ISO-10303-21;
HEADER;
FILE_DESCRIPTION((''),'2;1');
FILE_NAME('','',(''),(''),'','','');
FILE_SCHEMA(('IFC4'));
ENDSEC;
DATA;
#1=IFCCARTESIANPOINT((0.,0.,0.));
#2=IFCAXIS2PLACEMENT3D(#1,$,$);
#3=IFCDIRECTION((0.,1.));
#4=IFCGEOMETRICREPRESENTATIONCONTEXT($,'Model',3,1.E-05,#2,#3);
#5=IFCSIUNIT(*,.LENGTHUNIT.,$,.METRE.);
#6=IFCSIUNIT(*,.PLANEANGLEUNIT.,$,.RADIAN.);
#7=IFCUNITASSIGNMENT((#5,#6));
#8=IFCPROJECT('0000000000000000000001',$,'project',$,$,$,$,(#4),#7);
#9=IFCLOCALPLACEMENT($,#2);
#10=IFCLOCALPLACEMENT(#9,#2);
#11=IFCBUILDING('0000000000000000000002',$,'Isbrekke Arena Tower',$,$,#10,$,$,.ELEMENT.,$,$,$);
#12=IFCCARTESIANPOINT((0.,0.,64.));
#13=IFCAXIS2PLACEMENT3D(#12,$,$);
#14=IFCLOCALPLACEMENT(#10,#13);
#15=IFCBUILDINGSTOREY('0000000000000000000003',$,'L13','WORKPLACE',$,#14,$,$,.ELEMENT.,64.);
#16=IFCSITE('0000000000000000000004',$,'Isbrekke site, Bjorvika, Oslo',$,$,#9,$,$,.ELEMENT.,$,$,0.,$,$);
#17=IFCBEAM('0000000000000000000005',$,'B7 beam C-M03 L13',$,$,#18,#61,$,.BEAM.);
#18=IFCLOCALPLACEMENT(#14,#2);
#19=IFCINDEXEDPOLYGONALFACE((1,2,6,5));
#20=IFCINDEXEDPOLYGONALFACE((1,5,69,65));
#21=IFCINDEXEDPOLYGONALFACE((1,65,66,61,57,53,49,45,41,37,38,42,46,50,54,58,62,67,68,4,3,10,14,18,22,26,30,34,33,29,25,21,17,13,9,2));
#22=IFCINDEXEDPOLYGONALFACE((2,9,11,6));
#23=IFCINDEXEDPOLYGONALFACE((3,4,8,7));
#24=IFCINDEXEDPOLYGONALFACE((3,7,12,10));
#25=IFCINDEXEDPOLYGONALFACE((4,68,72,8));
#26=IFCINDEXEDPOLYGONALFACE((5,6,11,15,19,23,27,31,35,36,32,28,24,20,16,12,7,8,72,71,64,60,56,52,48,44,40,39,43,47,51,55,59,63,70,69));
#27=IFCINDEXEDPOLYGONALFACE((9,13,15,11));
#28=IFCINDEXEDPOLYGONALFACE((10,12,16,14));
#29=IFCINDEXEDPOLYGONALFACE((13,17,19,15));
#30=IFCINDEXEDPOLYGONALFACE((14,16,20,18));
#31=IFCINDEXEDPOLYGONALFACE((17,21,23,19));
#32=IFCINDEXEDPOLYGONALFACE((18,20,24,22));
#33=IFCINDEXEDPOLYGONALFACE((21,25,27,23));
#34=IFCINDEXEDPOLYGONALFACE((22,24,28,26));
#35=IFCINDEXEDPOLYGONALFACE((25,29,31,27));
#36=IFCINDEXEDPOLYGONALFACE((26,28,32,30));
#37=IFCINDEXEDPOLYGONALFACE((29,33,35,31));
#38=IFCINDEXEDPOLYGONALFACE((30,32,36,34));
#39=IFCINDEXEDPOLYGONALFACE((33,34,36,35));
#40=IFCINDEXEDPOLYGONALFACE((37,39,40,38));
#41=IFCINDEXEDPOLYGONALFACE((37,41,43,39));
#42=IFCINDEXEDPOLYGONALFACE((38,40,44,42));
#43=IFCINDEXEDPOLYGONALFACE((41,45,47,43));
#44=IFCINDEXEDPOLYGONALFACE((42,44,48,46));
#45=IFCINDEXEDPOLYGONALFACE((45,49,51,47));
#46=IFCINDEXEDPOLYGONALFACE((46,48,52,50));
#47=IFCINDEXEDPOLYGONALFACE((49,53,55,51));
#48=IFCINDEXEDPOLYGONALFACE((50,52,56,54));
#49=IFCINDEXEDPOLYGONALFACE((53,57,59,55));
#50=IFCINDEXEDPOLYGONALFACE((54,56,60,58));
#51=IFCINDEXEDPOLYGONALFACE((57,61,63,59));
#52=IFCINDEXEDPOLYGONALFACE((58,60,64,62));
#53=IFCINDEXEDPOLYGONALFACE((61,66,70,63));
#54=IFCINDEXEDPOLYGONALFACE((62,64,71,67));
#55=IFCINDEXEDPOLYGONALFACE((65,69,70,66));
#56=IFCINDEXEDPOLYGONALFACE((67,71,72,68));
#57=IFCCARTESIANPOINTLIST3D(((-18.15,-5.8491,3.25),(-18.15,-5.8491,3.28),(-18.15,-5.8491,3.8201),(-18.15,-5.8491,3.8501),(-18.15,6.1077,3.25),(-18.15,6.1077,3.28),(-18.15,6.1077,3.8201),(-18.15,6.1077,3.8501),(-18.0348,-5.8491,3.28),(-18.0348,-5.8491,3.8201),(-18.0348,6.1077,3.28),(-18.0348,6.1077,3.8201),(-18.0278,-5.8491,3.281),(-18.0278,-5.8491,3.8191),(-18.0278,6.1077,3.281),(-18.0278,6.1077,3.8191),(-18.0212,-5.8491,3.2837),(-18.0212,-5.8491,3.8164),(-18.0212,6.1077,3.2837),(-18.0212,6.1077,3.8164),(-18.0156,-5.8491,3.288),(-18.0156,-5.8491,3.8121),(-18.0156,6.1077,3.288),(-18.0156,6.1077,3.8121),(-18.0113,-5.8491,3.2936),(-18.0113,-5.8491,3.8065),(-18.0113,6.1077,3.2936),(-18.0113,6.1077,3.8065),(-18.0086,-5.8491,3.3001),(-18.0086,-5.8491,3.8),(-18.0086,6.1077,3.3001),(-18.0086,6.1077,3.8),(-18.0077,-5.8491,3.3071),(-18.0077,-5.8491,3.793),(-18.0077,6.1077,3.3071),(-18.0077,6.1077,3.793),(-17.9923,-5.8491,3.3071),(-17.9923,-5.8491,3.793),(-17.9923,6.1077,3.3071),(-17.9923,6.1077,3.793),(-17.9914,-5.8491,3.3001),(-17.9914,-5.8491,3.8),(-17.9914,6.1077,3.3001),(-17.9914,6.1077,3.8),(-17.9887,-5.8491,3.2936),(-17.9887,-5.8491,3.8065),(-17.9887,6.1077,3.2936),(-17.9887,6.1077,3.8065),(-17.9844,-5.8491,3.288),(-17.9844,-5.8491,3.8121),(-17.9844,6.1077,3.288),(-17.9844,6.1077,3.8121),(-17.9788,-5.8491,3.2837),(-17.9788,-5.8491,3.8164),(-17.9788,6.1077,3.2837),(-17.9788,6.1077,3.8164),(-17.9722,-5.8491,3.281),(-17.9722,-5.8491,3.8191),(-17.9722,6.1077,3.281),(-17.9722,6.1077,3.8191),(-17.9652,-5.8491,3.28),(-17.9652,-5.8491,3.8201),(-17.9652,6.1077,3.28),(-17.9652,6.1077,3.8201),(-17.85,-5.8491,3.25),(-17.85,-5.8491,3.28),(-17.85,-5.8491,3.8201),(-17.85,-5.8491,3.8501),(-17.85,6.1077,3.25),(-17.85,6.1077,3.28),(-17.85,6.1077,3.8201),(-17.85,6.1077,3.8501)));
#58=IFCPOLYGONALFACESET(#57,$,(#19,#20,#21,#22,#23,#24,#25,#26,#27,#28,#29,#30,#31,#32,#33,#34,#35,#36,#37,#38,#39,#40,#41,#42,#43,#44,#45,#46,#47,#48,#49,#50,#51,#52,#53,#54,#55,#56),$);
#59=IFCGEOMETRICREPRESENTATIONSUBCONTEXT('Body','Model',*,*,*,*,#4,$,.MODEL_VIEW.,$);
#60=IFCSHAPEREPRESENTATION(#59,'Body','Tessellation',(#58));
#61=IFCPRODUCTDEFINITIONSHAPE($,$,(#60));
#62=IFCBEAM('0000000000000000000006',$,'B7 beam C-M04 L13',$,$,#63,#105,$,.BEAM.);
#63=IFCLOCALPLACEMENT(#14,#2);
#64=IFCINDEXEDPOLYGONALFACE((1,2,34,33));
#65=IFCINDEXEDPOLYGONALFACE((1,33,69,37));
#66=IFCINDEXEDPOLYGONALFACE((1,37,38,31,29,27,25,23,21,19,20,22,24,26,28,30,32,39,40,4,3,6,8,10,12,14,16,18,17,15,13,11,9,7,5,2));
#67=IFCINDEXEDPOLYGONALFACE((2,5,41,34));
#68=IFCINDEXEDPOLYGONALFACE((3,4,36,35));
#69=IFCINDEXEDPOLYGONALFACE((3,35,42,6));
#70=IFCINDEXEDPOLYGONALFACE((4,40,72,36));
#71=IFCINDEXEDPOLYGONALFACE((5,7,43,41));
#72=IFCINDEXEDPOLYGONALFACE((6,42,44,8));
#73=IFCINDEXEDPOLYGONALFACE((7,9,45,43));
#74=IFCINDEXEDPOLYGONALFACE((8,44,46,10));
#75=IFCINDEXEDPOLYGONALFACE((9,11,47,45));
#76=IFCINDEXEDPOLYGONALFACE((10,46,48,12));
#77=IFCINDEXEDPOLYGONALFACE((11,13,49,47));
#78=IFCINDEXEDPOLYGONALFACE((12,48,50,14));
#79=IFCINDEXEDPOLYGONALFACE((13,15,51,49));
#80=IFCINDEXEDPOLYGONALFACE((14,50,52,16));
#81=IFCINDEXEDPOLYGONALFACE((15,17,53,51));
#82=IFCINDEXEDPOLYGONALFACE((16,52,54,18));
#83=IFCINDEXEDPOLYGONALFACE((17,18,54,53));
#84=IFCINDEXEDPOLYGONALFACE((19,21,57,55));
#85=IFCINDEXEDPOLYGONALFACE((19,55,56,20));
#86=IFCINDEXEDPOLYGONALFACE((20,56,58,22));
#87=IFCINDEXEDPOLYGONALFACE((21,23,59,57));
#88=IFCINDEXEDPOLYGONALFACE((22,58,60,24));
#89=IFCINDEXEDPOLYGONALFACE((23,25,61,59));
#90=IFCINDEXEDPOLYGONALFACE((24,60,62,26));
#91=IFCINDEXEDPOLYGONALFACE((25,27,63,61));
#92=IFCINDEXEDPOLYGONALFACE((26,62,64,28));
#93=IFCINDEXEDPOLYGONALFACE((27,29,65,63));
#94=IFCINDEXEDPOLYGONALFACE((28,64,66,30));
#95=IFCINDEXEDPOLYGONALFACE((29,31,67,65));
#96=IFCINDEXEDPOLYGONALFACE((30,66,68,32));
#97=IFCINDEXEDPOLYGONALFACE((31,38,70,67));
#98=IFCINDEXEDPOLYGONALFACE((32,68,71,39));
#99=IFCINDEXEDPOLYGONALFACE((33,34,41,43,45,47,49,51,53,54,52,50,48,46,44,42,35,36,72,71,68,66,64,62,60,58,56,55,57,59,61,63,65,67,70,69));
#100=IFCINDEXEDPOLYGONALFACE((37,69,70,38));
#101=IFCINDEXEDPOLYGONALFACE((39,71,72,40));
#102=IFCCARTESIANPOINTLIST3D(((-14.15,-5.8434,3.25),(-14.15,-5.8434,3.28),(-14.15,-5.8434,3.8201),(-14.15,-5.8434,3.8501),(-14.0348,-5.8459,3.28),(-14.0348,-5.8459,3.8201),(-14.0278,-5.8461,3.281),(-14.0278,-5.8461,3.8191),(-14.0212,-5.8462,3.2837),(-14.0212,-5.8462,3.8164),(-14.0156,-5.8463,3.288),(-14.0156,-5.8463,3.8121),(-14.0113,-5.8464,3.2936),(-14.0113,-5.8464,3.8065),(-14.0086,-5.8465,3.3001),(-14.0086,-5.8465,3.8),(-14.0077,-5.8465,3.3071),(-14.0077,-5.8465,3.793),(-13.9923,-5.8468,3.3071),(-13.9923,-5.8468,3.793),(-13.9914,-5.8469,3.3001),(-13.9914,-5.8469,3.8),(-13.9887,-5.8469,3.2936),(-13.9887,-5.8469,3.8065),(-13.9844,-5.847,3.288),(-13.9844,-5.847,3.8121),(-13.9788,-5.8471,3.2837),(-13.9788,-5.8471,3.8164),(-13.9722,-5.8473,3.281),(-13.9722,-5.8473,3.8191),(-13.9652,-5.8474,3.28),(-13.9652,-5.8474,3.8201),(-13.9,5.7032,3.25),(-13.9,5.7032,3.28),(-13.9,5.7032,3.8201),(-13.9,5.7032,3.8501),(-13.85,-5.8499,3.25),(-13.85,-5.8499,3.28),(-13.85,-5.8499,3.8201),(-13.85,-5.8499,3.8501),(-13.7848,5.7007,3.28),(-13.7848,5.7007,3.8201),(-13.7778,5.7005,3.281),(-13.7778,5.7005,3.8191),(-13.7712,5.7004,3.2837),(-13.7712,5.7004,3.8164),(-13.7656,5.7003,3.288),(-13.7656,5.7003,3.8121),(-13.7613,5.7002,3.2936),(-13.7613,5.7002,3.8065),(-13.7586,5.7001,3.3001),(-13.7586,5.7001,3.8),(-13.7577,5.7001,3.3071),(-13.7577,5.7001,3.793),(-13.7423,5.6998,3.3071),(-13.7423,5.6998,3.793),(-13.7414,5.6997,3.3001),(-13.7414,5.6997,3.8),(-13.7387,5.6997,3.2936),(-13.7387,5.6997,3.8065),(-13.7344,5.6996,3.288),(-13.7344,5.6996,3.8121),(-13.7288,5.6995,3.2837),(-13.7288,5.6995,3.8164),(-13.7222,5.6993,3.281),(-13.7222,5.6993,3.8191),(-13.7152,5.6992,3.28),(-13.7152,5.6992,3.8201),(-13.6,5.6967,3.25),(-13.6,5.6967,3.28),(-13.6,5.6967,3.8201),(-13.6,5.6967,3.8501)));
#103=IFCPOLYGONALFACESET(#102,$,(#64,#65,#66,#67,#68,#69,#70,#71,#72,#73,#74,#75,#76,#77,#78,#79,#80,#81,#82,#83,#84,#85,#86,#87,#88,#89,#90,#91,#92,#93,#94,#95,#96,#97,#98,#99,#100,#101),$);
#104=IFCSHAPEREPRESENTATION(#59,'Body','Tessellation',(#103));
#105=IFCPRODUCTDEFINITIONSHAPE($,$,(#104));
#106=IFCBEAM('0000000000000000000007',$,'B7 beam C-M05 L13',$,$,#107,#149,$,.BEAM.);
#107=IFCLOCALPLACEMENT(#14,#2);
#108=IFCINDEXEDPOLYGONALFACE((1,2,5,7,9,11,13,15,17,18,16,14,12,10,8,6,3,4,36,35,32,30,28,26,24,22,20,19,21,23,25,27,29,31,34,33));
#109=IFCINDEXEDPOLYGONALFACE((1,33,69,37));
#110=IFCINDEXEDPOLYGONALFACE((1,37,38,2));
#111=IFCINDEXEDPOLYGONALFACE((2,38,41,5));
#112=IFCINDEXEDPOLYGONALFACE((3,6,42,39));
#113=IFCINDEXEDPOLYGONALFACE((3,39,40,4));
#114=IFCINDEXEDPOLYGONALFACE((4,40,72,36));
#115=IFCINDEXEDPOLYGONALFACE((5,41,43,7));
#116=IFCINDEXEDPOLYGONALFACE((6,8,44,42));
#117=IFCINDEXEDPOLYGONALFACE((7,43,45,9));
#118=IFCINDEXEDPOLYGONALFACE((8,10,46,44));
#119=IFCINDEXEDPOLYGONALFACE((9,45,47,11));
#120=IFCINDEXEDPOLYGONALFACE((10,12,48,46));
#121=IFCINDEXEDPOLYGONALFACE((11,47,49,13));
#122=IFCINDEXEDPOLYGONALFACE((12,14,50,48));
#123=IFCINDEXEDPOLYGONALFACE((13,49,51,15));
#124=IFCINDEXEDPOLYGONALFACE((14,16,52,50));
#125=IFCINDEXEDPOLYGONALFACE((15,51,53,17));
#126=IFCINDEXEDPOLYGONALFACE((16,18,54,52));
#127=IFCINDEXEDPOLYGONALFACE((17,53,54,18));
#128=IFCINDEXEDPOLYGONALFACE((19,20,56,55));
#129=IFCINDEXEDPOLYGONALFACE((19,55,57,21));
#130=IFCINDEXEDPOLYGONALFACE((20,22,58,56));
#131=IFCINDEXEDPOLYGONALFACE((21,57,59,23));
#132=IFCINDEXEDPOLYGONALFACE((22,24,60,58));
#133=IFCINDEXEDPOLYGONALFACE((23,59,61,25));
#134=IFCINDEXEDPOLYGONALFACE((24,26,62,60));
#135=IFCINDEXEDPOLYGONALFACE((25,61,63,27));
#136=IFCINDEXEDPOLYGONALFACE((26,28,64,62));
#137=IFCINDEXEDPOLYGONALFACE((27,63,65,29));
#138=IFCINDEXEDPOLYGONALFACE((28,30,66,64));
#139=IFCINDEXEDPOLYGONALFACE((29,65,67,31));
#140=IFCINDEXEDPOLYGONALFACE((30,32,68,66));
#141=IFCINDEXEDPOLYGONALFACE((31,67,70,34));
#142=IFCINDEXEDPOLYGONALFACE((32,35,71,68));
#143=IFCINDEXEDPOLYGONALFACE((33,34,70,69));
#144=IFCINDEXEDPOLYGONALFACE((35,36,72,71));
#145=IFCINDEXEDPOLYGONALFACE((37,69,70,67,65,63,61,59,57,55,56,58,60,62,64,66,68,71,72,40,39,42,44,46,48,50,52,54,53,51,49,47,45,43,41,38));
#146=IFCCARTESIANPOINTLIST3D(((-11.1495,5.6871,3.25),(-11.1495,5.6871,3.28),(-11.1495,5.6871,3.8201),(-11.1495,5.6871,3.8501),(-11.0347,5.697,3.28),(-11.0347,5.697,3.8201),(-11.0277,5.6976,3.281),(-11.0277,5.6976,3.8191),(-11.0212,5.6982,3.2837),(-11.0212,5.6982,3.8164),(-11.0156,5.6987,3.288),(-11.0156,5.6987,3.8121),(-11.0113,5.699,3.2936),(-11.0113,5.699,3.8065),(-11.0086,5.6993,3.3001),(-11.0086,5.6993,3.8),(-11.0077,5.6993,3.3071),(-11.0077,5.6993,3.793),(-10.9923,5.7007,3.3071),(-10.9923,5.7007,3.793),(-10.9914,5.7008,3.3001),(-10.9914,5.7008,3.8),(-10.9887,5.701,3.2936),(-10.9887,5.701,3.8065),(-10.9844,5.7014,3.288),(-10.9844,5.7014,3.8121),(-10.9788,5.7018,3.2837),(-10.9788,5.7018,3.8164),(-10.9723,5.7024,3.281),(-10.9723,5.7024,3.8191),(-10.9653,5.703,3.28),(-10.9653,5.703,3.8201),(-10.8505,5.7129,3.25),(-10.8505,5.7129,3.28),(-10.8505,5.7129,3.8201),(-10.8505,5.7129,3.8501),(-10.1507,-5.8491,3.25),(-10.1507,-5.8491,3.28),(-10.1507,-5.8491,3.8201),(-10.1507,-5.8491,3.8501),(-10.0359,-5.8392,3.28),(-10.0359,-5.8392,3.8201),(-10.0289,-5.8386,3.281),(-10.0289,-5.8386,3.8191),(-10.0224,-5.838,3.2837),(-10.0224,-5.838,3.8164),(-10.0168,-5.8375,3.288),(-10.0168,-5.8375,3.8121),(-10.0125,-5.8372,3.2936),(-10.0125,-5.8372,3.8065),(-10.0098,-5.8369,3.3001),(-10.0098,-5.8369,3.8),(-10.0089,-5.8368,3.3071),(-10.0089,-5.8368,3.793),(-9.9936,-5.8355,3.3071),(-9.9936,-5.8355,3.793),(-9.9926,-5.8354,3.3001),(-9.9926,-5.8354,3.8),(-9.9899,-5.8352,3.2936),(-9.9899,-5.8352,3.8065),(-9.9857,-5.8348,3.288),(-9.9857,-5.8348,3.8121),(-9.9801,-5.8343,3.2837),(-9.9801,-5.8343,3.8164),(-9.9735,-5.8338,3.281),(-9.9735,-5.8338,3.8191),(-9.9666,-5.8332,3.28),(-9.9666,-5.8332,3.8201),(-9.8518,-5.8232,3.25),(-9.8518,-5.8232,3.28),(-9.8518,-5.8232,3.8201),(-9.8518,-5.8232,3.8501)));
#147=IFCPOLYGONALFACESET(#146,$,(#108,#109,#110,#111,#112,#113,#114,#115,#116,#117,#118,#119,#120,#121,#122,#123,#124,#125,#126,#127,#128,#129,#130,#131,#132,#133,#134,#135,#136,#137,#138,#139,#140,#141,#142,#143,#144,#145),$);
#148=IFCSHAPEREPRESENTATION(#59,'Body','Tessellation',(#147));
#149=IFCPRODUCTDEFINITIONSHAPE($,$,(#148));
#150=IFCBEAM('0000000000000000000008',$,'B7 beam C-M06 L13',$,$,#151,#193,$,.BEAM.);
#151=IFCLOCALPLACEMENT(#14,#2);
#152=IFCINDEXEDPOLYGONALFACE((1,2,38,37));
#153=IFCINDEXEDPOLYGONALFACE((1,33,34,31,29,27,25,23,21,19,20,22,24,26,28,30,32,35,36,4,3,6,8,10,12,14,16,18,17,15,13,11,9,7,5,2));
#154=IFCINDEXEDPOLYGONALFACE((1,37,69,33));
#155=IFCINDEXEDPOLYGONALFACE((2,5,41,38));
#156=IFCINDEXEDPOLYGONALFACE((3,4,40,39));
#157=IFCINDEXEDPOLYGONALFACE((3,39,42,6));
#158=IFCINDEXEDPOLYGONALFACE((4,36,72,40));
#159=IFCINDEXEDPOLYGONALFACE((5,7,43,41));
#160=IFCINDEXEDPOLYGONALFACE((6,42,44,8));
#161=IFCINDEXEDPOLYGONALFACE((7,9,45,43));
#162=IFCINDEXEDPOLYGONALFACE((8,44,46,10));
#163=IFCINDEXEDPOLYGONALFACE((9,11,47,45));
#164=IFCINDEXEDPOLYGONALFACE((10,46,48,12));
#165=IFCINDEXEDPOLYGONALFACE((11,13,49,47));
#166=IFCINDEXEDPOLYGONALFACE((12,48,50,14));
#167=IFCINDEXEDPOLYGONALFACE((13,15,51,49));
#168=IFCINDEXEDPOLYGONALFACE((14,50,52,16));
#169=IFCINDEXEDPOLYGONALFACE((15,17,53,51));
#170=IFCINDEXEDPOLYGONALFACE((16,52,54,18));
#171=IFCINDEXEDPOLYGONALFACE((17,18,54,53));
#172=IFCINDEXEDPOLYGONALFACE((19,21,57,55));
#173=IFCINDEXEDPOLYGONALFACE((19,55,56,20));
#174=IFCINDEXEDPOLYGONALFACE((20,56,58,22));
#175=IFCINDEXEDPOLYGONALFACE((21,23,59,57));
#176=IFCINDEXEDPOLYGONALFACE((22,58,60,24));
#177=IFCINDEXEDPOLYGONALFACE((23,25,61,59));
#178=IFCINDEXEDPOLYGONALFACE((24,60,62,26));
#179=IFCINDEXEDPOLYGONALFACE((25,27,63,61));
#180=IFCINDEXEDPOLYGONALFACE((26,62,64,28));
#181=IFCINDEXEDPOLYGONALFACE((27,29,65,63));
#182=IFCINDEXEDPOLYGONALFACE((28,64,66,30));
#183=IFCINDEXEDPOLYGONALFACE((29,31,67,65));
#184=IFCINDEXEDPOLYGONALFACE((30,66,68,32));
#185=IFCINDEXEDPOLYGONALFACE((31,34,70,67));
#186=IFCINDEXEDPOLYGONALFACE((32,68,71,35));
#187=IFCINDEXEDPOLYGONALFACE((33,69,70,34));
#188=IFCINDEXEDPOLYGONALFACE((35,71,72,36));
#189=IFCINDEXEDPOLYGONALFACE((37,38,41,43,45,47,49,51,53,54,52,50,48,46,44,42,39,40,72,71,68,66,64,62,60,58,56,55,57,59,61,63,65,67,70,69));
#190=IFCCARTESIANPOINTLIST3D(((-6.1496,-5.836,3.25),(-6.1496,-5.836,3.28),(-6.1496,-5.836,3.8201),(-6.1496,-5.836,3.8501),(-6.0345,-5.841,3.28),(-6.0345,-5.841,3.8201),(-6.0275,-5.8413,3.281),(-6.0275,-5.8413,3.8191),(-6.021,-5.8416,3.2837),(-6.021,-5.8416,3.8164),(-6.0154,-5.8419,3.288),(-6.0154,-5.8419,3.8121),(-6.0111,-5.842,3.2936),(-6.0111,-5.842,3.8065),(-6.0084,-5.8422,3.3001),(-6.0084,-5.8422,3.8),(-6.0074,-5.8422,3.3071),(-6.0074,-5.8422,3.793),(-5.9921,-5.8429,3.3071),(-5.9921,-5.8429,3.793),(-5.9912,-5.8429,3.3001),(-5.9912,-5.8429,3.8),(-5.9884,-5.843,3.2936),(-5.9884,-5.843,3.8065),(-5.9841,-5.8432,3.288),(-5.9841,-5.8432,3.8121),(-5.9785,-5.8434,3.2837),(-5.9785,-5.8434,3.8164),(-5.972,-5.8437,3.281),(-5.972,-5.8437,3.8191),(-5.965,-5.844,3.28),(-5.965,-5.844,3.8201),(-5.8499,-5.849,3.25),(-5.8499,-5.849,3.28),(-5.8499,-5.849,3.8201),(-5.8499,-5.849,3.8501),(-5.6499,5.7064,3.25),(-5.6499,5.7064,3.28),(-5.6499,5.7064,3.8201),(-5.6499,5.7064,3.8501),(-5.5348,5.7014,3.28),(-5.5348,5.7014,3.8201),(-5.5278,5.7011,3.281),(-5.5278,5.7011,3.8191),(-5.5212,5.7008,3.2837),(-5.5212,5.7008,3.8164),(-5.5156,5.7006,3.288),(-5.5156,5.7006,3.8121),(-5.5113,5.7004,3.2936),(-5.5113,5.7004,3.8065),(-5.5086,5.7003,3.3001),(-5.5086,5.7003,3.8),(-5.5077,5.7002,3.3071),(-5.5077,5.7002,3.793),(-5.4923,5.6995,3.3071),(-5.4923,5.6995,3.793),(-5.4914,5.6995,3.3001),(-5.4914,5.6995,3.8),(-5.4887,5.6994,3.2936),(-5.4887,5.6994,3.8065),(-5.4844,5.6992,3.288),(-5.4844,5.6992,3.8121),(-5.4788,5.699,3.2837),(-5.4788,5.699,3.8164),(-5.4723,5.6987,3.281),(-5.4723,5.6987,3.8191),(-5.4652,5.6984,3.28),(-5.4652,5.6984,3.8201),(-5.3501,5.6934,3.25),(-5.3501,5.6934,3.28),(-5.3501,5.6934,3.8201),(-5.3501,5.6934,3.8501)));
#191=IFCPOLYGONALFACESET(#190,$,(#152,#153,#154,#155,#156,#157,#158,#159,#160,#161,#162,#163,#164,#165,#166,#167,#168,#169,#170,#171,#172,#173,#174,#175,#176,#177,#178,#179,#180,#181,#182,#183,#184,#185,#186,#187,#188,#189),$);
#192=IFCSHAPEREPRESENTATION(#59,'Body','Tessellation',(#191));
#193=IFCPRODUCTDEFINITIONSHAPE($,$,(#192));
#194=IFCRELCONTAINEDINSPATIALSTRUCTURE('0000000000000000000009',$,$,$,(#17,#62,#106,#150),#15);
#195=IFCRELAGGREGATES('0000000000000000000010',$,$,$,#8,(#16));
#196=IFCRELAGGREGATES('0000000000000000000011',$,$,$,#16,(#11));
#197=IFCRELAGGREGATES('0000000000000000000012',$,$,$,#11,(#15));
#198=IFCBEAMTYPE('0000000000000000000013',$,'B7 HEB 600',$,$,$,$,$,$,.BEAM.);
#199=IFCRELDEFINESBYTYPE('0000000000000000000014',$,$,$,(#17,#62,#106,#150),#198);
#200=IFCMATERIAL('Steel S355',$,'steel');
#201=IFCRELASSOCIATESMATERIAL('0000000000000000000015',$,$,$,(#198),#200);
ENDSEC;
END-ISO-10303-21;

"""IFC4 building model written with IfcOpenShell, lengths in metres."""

from ifc_helpers import new_model, si_unit, direction, frame, origin, origin_2d, place, context, subcontext, project, spatial, i_section, extrude, material, material_profile, profile_set, type_object, element, save


model = new_model("IFC4")

# Units and contexts
model_context = context("Model", 3, precision=1e-05, world=origin(), true_north=direction((0.0, 1.0)))
body_context = subcontext(model_context, "Body", "Model", "MODEL_VIEW")
ifc_project = project(units=[si_unit("LENGTHUNIT", "METRE"), si_unit("PLANEANGLEUNIT", "RADIAN")], contexts=[model_context])

# Site, building, storey
site_placement = place(None, origin())
site = spatial("IfcSite", under=ifc_project, at=site_placement, Name="Isbrekke site, Bjorvika, Oslo", CompositionType="ELEMENT", RefElevation=0.0)
building_placement = place(site_placement, origin())
building = spatial("IfcBuilding", under=site, at=building_placement, Name="Isbrekke Arena Tower", CompositionType="ELEMENT")
storey_placement = place(building_placement, frame((0.0, 0.0, 64.0)))
storey = spatial("IfcBuildingStorey", under=building, at=storey_placement, Name="L13", Description="WORKPLACE", CompositionType="ELEMENT", Elevation=64.0)

# Beams
ifc_material_1 = material(Name="Steel S355", Category="steel")
ifc_material_profile_1 = material_profile(ifc_material_1, i_section(OverallWidth=0.3, OverallDepth=0.6001, WebThickness=0.0154, FlangeThickness=0.03, FilletRadius=0.0271, at=origin_2d()), Name="HEB 600")
ifc_profile_set_1 = profile_set([ifc_material_profile_1], Name="Steel S355")
beam_type_1 = type_object("IfcBeamType", Name="B7 HEB 600", PredefinedType="BEAM", material=ifc_profile_set_1)
beam_1_placement = place(storey_placement, frame((-18.0, -5.8491, 3.55), z_axis=(0.0, 1.0, 0.0), x_axis=(-1.0, 0.0, 0.0)))
element("IfcBeam", 1, at=beam_1_placement, inside=storey, type_object=beam_type_1, Name="B7 beam C-M03 L13", PredefinedType="BEAM", context=body_context, shape_type="SweptSolid", body=[
    extrude(i_section(OverallWidth=0.3, OverallDepth=0.6001, WebThickness=0.0154, FlangeThickness=0.03, FilletRadius=0.0271, at=origin_2d()), origin(), (0.0, 0.0, 1.0), 11.9568),
])
beam_2_placement = place(storey_placement, frame((-14.0, -5.8467, 3.55), z_axis=(0.021646, 0.999766, 0.0), x_axis=(-0.999766, 0.021646, 0.0)))
element("IfcBeam", 2, at=beam_2_placement, inside=storey, type_object=beam_type_1, Name="B7 beam C-M04 L13", PredefinedType="BEAM", context=body_context, shape_type="SweptSolid", body=[
    extrude(i_section(OverallWidth=0.3, OverallDepth=0.6001, WebThickness=0.0154, FlangeThickness=0.03, FilletRadius=0.0271, at=origin_2d()), origin(), (0.0, 0.0, 1.0), 11.5493),
])
beam_3_placement = place(storey_placement, frame((-10.0012, -5.8362, 3.55), z_axis=(-0.086256, 0.996273, 0.0), x_axis=(-0.996273, -0.086256, 0.0)))
element("IfcBeam", 3, at=beam_3_placement, inside=storey, type_object=beam_type_1, Name="B7 beam C-M05 L13", PredefinedType="BEAM", context=body_context, shape_type="SweptSolid", body=[
    extrude(i_section(OverallWidth=0.3, OverallDepth=0.6001, WebThickness=0.0154, FlangeThickness=0.03, FilletRadius=0.0271, at=origin_2d()), origin(), (0.0, 0.0, 1.0), 11.5793),
])
beam_4_placement = place(storey_placement, frame((-5.9998, -5.8425, 3.55), z_axis=(0.043257, 0.999064, 0.0), x_axis=(-0.999064, 0.043257, 0.0)))
element("IfcBeam", 4, at=beam_4_placement, inside=storey, type_object=beam_type_1, Name="B7 beam C-M06 L13", PredefinedType="BEAM", context=body_context, shape_type="SweptSolid", body=[
    extrude(i_section(OverallWidth=0.3, OverallDepth=0.6001, WebThickness=0.0154, FlangeThickness=0.03, FilletRadius=0.0271, at=origin_2d()), origin(), (0.0, 0.0, 1.0), 11.5532),
])

save(model, "model.ifc")
